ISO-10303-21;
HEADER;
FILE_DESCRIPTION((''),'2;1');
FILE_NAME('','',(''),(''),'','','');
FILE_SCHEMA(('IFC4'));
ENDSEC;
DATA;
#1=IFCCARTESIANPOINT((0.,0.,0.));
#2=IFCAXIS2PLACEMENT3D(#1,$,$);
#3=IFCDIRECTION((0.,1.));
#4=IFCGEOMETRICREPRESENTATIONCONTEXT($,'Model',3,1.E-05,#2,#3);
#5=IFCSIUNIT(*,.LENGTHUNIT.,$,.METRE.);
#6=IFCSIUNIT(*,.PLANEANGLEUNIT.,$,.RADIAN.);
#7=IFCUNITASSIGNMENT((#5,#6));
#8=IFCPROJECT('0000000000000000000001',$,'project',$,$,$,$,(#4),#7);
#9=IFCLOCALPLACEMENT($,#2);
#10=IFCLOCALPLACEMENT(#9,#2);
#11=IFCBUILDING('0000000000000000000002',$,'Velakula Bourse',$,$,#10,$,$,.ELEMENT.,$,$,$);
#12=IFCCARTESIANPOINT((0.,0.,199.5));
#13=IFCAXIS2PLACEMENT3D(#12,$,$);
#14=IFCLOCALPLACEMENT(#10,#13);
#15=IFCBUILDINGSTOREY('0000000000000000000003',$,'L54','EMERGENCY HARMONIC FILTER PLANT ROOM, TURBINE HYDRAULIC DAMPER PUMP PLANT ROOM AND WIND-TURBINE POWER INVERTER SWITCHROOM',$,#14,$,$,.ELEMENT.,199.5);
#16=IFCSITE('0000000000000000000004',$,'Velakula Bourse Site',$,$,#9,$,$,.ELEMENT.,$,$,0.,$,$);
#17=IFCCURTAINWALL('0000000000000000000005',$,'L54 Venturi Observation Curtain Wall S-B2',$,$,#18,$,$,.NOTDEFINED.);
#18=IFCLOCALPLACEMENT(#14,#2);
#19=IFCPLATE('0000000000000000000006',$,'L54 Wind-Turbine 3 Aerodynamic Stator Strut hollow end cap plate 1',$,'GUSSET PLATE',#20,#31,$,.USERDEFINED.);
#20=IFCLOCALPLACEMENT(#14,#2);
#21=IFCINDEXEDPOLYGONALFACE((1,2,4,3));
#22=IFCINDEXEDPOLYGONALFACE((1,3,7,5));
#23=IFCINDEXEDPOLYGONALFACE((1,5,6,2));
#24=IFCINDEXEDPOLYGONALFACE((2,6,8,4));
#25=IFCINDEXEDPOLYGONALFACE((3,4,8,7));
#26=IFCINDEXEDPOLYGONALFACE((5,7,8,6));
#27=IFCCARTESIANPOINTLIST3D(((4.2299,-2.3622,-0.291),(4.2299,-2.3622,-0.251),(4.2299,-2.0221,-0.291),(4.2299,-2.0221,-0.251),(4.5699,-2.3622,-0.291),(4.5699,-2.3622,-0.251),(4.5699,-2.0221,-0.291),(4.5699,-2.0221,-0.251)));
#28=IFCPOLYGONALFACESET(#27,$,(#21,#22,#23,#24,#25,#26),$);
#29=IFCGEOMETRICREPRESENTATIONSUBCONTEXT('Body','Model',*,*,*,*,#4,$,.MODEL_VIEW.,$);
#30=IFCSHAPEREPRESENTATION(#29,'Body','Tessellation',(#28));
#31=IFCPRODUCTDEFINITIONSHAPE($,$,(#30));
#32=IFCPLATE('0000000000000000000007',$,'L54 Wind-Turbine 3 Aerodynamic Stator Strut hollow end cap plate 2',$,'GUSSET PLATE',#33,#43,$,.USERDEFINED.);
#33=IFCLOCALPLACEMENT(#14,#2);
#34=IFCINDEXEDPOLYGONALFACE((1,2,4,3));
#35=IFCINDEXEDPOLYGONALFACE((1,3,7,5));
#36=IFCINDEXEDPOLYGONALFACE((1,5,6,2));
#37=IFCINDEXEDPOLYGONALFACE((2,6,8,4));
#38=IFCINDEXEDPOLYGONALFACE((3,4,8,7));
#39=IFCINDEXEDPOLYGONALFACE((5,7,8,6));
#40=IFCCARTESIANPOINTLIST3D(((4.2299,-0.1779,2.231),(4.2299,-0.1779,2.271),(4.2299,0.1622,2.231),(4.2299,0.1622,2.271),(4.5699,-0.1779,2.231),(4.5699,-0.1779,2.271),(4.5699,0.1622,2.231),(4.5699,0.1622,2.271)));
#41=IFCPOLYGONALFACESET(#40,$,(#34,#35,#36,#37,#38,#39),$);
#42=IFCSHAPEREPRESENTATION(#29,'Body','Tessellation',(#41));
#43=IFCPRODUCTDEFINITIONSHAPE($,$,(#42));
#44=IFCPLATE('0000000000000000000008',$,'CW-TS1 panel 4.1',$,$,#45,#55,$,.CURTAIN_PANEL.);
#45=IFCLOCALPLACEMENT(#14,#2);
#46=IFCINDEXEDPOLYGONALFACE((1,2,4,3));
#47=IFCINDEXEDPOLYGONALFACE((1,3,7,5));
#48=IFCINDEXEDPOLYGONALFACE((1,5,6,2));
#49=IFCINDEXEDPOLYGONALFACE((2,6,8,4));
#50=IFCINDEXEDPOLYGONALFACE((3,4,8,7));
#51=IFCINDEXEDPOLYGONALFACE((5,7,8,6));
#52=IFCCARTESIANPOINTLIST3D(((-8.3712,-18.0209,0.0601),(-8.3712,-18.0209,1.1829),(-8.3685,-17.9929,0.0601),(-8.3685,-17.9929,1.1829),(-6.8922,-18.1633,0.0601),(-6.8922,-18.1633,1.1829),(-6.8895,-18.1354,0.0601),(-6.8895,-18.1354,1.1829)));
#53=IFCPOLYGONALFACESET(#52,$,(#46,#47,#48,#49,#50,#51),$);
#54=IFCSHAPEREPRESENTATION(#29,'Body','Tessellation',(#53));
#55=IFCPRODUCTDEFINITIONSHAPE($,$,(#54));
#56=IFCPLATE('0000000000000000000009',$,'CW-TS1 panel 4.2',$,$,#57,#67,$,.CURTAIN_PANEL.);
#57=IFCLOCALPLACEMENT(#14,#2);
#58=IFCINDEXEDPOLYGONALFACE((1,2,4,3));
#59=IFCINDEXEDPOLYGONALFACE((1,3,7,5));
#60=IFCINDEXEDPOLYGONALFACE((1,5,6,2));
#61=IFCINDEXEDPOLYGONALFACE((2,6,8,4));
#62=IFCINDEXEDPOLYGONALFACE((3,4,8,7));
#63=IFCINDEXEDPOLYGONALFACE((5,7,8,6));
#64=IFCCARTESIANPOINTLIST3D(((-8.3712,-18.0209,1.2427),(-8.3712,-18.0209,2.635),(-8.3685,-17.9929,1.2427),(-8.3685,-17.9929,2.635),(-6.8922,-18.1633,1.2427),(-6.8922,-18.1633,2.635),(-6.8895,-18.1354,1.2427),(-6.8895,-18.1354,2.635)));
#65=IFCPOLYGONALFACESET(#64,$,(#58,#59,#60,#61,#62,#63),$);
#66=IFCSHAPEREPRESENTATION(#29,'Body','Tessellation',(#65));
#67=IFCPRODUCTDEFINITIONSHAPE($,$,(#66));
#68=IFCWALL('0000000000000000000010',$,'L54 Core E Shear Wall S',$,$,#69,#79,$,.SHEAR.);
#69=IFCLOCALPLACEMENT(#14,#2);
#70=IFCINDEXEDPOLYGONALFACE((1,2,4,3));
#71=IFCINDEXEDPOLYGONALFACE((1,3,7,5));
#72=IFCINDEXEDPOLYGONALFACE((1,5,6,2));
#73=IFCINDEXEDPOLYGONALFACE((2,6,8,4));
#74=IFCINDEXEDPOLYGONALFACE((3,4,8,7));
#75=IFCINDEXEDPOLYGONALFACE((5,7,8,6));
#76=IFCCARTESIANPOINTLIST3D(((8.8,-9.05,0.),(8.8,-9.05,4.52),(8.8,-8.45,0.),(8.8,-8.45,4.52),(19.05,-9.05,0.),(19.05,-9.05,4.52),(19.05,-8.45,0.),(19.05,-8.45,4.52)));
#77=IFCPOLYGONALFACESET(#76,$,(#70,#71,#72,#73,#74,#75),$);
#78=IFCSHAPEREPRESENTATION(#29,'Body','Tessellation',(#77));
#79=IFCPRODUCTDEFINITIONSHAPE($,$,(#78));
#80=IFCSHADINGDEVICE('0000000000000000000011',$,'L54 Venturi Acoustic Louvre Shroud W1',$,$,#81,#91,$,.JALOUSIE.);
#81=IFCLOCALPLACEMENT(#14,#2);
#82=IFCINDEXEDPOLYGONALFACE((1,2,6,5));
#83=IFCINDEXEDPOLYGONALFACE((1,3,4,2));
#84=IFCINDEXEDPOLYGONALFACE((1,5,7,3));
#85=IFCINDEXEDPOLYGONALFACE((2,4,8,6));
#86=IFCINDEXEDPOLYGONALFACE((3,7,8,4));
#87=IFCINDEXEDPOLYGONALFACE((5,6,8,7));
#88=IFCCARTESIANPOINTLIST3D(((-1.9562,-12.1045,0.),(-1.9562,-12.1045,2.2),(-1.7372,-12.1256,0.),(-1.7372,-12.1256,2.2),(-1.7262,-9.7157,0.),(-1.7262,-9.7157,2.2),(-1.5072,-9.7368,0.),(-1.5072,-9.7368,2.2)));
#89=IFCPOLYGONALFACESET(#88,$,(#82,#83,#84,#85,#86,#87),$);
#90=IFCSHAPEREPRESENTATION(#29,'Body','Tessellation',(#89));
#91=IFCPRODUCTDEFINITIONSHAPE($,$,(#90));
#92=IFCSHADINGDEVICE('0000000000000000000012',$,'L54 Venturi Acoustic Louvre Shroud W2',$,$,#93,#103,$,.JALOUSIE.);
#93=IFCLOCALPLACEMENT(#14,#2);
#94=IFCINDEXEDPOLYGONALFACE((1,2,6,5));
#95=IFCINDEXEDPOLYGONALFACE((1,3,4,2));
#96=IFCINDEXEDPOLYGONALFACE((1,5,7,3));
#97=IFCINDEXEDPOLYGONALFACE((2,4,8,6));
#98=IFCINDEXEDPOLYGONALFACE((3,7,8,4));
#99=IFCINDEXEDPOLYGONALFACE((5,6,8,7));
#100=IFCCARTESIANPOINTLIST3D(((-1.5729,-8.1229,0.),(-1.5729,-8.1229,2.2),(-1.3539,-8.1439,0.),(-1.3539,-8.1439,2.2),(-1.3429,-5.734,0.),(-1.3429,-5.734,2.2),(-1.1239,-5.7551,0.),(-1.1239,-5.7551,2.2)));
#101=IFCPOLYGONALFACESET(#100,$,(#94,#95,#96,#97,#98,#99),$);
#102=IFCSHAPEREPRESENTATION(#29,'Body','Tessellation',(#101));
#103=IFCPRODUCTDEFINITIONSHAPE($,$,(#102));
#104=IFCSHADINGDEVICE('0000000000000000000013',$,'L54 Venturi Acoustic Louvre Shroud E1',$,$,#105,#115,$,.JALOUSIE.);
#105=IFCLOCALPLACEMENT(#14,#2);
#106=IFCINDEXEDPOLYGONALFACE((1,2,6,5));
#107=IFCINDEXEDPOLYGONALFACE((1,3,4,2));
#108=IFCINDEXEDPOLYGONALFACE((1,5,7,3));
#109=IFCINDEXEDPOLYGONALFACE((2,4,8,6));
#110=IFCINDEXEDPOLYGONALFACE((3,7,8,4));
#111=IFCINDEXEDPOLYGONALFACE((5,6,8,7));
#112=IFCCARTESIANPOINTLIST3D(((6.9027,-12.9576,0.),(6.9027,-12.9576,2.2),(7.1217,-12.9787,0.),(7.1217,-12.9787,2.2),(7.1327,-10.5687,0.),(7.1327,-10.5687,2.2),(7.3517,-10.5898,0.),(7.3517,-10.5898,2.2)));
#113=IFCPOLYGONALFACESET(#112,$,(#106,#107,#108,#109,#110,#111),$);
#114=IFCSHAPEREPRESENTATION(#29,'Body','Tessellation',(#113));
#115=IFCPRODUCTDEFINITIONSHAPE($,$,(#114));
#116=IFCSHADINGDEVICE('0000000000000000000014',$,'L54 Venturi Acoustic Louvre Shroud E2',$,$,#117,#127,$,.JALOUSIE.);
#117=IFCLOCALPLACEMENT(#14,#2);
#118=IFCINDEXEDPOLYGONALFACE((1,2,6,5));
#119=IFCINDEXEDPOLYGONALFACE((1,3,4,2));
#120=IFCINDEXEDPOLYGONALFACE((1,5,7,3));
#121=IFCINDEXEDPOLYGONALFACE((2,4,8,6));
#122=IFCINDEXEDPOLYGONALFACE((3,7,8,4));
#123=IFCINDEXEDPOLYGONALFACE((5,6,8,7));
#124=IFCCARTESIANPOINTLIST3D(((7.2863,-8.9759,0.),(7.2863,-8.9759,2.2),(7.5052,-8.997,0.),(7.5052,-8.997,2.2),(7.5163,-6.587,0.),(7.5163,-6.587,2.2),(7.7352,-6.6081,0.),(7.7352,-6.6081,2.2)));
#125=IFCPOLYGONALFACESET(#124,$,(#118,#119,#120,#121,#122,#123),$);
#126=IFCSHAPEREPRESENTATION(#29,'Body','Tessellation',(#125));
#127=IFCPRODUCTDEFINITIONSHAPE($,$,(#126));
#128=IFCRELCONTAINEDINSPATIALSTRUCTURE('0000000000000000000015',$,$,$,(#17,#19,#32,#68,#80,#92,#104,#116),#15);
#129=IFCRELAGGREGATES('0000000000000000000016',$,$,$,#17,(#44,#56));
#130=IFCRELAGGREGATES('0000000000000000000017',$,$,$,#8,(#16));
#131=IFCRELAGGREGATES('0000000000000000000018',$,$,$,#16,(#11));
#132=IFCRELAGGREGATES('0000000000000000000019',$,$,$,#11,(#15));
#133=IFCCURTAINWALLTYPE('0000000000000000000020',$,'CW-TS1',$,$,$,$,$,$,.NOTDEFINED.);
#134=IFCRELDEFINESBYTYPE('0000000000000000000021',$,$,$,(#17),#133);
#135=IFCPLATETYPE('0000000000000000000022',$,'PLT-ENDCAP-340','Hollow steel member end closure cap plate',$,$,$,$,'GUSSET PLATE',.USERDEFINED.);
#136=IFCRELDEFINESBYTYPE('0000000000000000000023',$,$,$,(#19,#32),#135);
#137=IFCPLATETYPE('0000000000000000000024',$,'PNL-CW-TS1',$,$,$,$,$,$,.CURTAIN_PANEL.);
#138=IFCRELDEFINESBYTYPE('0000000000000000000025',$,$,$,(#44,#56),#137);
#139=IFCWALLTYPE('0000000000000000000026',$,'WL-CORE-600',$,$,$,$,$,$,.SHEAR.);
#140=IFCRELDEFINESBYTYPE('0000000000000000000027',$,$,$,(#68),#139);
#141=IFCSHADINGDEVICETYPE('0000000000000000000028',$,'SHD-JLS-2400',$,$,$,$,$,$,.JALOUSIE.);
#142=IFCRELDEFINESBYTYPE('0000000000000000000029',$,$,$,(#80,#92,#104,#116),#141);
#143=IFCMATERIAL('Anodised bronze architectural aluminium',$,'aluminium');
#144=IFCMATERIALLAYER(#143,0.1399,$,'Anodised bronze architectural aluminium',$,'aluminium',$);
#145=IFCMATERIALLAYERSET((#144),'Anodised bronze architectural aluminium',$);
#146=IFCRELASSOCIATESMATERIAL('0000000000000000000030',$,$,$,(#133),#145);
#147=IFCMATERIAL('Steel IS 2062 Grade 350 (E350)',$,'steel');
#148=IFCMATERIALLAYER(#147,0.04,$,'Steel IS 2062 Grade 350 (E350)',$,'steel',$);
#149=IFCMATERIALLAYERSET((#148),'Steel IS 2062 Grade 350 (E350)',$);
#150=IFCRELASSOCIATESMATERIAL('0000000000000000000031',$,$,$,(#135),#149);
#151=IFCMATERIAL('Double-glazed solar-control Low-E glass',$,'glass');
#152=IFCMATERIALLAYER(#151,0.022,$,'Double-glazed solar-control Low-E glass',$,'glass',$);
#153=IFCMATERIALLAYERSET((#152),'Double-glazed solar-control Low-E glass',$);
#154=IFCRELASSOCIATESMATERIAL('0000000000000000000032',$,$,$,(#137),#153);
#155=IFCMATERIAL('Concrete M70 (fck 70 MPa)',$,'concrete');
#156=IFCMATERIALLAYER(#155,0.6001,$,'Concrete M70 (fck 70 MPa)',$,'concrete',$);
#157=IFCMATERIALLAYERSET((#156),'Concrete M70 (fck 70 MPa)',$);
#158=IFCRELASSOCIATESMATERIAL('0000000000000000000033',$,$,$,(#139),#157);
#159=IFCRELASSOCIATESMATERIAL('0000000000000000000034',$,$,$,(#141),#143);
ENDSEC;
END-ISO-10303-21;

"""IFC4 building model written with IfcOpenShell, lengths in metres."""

from ifc_helpers import new_model, si_unit, direction, frame, frame_2d, origin, origin_2d, place, context, subcontext, project, spatial, rectangle, extrude, material, layer, layer_set, type_object, element, aggregate, save


model = new_model("IFC4")

# Units and contexts
model_context = context("Model", 3, precision=1e-05, world=origin(), true_north=direction((0.0, 1.0)))
body_context = subcontext(model_context, "Body", "Model", "MODEL_VIEW")
ifc_project = project(units=[si_unit("LENGTHUNIT", "METRE"), si_unit("PLANEANGLEUNIT", "RADIAN")], contexts=[model_context])

# Site, building, storey
site_placement = place(None, origin())
site = spatial("IfcSite", under=ifc_project, at=site_placement, Name="Velakula Bourse Site", CompositionType="ELEMENT", RefElevation=0.0)
building_placement = place(site_placement, origin())
building = spatial("IfcBuilding", under=site, at=building_placement, Name="Velakula Bourse", CompositionType="ELEMENT")
storey_placement = place(building_placement, frame((0.0, 0.0, 199.5)))
storey = spatial("IfcBuildingStorey", under=building, at=storey_placement, Name="L54", Description="EMERGENCY HARMONIC FILTER PLANT ROOM, TURBINE HYDRAULIC DAMPER PUMP PLANT ROOM AND WIND-TURBINE POWER INVERTER SWITCHROOM", CompositionType="ELEMENT", Elevation=199.5)

# Shared definitions
ifc_material_1 = material(Name="Concrete M70 (fck 70 MPa)", Category="concrete")
ifc_material_2 = material(Name="Steel IS 2062 Grade 350 (E350)", Category="steel")

# Curtain wall
ifc_material_3 = material(Name="Anodised bronze architectural aluminium", Category="aluminium")
ifc_layer_1 = layer(ifc_material_3, 0.1399, Name="Anodised bronze architectural aluminium", Category="aluminium")
ifc_layer_set_1 = layer_set([ifc_layer_1], Name="Anodised bronze architectural aluminium")
curtain_wall_type = type_object("IfcCurtainWallType", Name="CW-TS1", PredefinedType="NOTDEFINED", material=ifc_layer_set_1)
curtain_wall_placement = place(storey_placement, origin())
curtain_wall = element("IfcCurtainWall", 1, at=curtain_wall_placement, inside=storey, type_object=curtain_wall_type, Name="L54 Venturi Observation Curtain Wall S-B2", PredefinedType="NOTDEFINED")

# Plates
ifc_layer_2 = layer(ifc_material_2, 0.04, Name="Steel IS 2062 Grade 350 (E350)", Category="steel")
ifc_layer_set_2 = layer_set([ifc_layer_2], Name="Steel IS 2062 Grade 350 (E350)")
plate_type_1 = type_object("IfcPlateType", Name="PLT-ENDCAP-340", Description="Hollow steel member end closure cap plate", ElementType="GUSSET PLATE", PredefinedType="USERDEFINED", material=ifc_layer_set_2)
for number, where, z_axis, x_axis, name in (
    (2, (4.3999, -2.1921, -0.291), (0.0, 0.0, 1.0), (0.0, 1.0, 0.0), "L54 Wind-Turbine 3 Aerodynamic Stator Strut hollow end cap plate 1"),
    (3, (4.3999, -0.0078, 2.231), (0.0, 0.0, 1.0), (0.0, 1.0, 0.0), "L54 Wind-Turbine 3 Aerodynamic Stator Strut hollow end cap plate 2"),
):
    element("IfcPlate", number, at=place(storey_placement, frame(where, z_axis=z_axis, x_axis=x_axis)), inside=storey, type_object=plate_type_1, Name=name, ObjectType="GUSSET PLATE", PredefinedType="USERDEFINED", context=body_context, shape_type="SweptSolid", body=[
        extrude(rectangle(XDim=0.3401, YDim=0.3401, at=origin_2d()), origin(), (0.0, 0.0, 1.0), 0.04),
    ])

# Plates
ifc_material_4 = material(Name="Double-glazed solar-control Low-E glass", Category="glass")
ifc_layer_3 = layer(ifc_material_4, 0.022, Name="Double-glazed solar-control Low-E glass", Category="glass")
ifc_layer_set_3 = layer_set([ifc_layer_3], Name="Double-glazed solar-control Low-E glass")
plate_type_2 = type_object("IfcPlateType", Name="PNL-CW-TS1", PredefinedType="CURTAIN_PANEL", material=ifc_layer_set_3)
plate_1_placement = place(storey_placement, frame((-7.6304, -18.0781, 0.0601), z_axis=(0.0, 0.0, 1.0), x_axis=(-0.995396, 0.095849, 0.0)))
plate_1 = element("IfcPlate", 4, at=plate_1_placement, type_object=plate_type_2, Name="CW-TS1 panel 4.1", PredefinedType="CURTAIN_PANEL", context=body_context, shape_type="SweptSolid", body=[
    extrude(rectangle(XDim=1.4858, YDim=0.0281, at=origin_2d()), origin(), (0.0, 0.0, 1.0), 1.1228),
])
plate_2_placement = place(storey_placement, frame((-7.6304, -18.0781, 1.2427), z_axis=(0.0, 0.0, 1.0), x_axis=(-0.995396, 0.095849, 0.0)))
plate_2 = element("IfcPlate", 5, at=plate_2_placement, type_object=plate_type_2, Name="CW-TS1 panel 4.2", PredefinedType="CURTAIN_PANEL", context=body_context, shape_type="SweptSolid", body=[
    extrude(rectangle(XDim=1.4858, YDim=0.0281, at=origin_2d()), origin(), (0.0, 0.0, 1.0), 1.3923),
])
aggregate(curtain_wall, [plate_1, plate_2])

# Wall
ifc_layer_4 = layer(ifc_material_1, 0.6001, Name="Concrete M70 (fck 70 MPa)", Category="concrete")
ifc_layer_set_4 = layer_set([ifc_layer_4], Name="Concrete M70 (fck 70 MPa)")
wall_type = type_object("IfcWallType", Name="WL-CORE-600", PredefinedType="SHEAR", material=ifc_layer_set_4)
wall_placement = place(storey_placement, frame((8.8, -8.75, 0.0), z_axis=(0.0, 0.0, 1.0), x_axis=(1.0, 0.0, 0.0)))
element("IfcWall", 6, at=wall_placement, inside=storey, type_object=wall_type, Name="L54 Core E Shear Wall S", PredefinedType="SHEAR", context=body_context, shape_type="SweptSolid", body=[
    extrude(rectangle(XDim=10.25, YDim=0.6001, at=frame_2d((5.125, 0.0))), origin(), (0.0, 0.0, 1.0), 4.52),
])

# Shading devices
shading_device_type = type_object("IfcShadingDeviceType", Name="SHD-JLS-2400", PredefinedType="JALOUSIE", material=ifc_material_3)
for number, where, z_axis, x_axis, name in (
    (7, (-1.7317, -10.9207, 0.0), (0.0, 0.0, 1.0), (0.995396, -0.095846, 0.0), "L54 Venturi Acoustic Louvre Shroud W1"),
    (8, (-1.3484, -6.939, 0.0), (0.0, 0.0, 1.0), (0.995396, -0.095846, 0.0), "L54 Venturi Acoustic Louvre Shroud W2"),
    (9, (7.1272, -11.7737, 0.0), (0.0, 0.0, 1.0), (0.995396, -0.095846, 0.0), "L54 Venturi Acoustic Louvre Shroud E1"),
    (10, (7.5107, -7.792, 0.0), (0.0, 0.0, 1.0), (0.995396, -0.095846, 0.0), "L54 Venturi Acoustic Louvre Shroud E2"),
):
    element("IfcShadingDevice", number, at=place(storey_placement, frame(where, z_axis=z_axis, x_axis=x_axis)), inside=storey, type_object=shading_device_type, Name=name, PredefinedType="JALOUSIE", context=body_context, shape_type="SweptSolid", body=[
        extrude(rectangle(XDim=0.22, YDim=2.3999, at=origin_2d()), origin(), (0.0, 0.0, 1.0), 2.2),
    ])

save(model, "model.ifc")
